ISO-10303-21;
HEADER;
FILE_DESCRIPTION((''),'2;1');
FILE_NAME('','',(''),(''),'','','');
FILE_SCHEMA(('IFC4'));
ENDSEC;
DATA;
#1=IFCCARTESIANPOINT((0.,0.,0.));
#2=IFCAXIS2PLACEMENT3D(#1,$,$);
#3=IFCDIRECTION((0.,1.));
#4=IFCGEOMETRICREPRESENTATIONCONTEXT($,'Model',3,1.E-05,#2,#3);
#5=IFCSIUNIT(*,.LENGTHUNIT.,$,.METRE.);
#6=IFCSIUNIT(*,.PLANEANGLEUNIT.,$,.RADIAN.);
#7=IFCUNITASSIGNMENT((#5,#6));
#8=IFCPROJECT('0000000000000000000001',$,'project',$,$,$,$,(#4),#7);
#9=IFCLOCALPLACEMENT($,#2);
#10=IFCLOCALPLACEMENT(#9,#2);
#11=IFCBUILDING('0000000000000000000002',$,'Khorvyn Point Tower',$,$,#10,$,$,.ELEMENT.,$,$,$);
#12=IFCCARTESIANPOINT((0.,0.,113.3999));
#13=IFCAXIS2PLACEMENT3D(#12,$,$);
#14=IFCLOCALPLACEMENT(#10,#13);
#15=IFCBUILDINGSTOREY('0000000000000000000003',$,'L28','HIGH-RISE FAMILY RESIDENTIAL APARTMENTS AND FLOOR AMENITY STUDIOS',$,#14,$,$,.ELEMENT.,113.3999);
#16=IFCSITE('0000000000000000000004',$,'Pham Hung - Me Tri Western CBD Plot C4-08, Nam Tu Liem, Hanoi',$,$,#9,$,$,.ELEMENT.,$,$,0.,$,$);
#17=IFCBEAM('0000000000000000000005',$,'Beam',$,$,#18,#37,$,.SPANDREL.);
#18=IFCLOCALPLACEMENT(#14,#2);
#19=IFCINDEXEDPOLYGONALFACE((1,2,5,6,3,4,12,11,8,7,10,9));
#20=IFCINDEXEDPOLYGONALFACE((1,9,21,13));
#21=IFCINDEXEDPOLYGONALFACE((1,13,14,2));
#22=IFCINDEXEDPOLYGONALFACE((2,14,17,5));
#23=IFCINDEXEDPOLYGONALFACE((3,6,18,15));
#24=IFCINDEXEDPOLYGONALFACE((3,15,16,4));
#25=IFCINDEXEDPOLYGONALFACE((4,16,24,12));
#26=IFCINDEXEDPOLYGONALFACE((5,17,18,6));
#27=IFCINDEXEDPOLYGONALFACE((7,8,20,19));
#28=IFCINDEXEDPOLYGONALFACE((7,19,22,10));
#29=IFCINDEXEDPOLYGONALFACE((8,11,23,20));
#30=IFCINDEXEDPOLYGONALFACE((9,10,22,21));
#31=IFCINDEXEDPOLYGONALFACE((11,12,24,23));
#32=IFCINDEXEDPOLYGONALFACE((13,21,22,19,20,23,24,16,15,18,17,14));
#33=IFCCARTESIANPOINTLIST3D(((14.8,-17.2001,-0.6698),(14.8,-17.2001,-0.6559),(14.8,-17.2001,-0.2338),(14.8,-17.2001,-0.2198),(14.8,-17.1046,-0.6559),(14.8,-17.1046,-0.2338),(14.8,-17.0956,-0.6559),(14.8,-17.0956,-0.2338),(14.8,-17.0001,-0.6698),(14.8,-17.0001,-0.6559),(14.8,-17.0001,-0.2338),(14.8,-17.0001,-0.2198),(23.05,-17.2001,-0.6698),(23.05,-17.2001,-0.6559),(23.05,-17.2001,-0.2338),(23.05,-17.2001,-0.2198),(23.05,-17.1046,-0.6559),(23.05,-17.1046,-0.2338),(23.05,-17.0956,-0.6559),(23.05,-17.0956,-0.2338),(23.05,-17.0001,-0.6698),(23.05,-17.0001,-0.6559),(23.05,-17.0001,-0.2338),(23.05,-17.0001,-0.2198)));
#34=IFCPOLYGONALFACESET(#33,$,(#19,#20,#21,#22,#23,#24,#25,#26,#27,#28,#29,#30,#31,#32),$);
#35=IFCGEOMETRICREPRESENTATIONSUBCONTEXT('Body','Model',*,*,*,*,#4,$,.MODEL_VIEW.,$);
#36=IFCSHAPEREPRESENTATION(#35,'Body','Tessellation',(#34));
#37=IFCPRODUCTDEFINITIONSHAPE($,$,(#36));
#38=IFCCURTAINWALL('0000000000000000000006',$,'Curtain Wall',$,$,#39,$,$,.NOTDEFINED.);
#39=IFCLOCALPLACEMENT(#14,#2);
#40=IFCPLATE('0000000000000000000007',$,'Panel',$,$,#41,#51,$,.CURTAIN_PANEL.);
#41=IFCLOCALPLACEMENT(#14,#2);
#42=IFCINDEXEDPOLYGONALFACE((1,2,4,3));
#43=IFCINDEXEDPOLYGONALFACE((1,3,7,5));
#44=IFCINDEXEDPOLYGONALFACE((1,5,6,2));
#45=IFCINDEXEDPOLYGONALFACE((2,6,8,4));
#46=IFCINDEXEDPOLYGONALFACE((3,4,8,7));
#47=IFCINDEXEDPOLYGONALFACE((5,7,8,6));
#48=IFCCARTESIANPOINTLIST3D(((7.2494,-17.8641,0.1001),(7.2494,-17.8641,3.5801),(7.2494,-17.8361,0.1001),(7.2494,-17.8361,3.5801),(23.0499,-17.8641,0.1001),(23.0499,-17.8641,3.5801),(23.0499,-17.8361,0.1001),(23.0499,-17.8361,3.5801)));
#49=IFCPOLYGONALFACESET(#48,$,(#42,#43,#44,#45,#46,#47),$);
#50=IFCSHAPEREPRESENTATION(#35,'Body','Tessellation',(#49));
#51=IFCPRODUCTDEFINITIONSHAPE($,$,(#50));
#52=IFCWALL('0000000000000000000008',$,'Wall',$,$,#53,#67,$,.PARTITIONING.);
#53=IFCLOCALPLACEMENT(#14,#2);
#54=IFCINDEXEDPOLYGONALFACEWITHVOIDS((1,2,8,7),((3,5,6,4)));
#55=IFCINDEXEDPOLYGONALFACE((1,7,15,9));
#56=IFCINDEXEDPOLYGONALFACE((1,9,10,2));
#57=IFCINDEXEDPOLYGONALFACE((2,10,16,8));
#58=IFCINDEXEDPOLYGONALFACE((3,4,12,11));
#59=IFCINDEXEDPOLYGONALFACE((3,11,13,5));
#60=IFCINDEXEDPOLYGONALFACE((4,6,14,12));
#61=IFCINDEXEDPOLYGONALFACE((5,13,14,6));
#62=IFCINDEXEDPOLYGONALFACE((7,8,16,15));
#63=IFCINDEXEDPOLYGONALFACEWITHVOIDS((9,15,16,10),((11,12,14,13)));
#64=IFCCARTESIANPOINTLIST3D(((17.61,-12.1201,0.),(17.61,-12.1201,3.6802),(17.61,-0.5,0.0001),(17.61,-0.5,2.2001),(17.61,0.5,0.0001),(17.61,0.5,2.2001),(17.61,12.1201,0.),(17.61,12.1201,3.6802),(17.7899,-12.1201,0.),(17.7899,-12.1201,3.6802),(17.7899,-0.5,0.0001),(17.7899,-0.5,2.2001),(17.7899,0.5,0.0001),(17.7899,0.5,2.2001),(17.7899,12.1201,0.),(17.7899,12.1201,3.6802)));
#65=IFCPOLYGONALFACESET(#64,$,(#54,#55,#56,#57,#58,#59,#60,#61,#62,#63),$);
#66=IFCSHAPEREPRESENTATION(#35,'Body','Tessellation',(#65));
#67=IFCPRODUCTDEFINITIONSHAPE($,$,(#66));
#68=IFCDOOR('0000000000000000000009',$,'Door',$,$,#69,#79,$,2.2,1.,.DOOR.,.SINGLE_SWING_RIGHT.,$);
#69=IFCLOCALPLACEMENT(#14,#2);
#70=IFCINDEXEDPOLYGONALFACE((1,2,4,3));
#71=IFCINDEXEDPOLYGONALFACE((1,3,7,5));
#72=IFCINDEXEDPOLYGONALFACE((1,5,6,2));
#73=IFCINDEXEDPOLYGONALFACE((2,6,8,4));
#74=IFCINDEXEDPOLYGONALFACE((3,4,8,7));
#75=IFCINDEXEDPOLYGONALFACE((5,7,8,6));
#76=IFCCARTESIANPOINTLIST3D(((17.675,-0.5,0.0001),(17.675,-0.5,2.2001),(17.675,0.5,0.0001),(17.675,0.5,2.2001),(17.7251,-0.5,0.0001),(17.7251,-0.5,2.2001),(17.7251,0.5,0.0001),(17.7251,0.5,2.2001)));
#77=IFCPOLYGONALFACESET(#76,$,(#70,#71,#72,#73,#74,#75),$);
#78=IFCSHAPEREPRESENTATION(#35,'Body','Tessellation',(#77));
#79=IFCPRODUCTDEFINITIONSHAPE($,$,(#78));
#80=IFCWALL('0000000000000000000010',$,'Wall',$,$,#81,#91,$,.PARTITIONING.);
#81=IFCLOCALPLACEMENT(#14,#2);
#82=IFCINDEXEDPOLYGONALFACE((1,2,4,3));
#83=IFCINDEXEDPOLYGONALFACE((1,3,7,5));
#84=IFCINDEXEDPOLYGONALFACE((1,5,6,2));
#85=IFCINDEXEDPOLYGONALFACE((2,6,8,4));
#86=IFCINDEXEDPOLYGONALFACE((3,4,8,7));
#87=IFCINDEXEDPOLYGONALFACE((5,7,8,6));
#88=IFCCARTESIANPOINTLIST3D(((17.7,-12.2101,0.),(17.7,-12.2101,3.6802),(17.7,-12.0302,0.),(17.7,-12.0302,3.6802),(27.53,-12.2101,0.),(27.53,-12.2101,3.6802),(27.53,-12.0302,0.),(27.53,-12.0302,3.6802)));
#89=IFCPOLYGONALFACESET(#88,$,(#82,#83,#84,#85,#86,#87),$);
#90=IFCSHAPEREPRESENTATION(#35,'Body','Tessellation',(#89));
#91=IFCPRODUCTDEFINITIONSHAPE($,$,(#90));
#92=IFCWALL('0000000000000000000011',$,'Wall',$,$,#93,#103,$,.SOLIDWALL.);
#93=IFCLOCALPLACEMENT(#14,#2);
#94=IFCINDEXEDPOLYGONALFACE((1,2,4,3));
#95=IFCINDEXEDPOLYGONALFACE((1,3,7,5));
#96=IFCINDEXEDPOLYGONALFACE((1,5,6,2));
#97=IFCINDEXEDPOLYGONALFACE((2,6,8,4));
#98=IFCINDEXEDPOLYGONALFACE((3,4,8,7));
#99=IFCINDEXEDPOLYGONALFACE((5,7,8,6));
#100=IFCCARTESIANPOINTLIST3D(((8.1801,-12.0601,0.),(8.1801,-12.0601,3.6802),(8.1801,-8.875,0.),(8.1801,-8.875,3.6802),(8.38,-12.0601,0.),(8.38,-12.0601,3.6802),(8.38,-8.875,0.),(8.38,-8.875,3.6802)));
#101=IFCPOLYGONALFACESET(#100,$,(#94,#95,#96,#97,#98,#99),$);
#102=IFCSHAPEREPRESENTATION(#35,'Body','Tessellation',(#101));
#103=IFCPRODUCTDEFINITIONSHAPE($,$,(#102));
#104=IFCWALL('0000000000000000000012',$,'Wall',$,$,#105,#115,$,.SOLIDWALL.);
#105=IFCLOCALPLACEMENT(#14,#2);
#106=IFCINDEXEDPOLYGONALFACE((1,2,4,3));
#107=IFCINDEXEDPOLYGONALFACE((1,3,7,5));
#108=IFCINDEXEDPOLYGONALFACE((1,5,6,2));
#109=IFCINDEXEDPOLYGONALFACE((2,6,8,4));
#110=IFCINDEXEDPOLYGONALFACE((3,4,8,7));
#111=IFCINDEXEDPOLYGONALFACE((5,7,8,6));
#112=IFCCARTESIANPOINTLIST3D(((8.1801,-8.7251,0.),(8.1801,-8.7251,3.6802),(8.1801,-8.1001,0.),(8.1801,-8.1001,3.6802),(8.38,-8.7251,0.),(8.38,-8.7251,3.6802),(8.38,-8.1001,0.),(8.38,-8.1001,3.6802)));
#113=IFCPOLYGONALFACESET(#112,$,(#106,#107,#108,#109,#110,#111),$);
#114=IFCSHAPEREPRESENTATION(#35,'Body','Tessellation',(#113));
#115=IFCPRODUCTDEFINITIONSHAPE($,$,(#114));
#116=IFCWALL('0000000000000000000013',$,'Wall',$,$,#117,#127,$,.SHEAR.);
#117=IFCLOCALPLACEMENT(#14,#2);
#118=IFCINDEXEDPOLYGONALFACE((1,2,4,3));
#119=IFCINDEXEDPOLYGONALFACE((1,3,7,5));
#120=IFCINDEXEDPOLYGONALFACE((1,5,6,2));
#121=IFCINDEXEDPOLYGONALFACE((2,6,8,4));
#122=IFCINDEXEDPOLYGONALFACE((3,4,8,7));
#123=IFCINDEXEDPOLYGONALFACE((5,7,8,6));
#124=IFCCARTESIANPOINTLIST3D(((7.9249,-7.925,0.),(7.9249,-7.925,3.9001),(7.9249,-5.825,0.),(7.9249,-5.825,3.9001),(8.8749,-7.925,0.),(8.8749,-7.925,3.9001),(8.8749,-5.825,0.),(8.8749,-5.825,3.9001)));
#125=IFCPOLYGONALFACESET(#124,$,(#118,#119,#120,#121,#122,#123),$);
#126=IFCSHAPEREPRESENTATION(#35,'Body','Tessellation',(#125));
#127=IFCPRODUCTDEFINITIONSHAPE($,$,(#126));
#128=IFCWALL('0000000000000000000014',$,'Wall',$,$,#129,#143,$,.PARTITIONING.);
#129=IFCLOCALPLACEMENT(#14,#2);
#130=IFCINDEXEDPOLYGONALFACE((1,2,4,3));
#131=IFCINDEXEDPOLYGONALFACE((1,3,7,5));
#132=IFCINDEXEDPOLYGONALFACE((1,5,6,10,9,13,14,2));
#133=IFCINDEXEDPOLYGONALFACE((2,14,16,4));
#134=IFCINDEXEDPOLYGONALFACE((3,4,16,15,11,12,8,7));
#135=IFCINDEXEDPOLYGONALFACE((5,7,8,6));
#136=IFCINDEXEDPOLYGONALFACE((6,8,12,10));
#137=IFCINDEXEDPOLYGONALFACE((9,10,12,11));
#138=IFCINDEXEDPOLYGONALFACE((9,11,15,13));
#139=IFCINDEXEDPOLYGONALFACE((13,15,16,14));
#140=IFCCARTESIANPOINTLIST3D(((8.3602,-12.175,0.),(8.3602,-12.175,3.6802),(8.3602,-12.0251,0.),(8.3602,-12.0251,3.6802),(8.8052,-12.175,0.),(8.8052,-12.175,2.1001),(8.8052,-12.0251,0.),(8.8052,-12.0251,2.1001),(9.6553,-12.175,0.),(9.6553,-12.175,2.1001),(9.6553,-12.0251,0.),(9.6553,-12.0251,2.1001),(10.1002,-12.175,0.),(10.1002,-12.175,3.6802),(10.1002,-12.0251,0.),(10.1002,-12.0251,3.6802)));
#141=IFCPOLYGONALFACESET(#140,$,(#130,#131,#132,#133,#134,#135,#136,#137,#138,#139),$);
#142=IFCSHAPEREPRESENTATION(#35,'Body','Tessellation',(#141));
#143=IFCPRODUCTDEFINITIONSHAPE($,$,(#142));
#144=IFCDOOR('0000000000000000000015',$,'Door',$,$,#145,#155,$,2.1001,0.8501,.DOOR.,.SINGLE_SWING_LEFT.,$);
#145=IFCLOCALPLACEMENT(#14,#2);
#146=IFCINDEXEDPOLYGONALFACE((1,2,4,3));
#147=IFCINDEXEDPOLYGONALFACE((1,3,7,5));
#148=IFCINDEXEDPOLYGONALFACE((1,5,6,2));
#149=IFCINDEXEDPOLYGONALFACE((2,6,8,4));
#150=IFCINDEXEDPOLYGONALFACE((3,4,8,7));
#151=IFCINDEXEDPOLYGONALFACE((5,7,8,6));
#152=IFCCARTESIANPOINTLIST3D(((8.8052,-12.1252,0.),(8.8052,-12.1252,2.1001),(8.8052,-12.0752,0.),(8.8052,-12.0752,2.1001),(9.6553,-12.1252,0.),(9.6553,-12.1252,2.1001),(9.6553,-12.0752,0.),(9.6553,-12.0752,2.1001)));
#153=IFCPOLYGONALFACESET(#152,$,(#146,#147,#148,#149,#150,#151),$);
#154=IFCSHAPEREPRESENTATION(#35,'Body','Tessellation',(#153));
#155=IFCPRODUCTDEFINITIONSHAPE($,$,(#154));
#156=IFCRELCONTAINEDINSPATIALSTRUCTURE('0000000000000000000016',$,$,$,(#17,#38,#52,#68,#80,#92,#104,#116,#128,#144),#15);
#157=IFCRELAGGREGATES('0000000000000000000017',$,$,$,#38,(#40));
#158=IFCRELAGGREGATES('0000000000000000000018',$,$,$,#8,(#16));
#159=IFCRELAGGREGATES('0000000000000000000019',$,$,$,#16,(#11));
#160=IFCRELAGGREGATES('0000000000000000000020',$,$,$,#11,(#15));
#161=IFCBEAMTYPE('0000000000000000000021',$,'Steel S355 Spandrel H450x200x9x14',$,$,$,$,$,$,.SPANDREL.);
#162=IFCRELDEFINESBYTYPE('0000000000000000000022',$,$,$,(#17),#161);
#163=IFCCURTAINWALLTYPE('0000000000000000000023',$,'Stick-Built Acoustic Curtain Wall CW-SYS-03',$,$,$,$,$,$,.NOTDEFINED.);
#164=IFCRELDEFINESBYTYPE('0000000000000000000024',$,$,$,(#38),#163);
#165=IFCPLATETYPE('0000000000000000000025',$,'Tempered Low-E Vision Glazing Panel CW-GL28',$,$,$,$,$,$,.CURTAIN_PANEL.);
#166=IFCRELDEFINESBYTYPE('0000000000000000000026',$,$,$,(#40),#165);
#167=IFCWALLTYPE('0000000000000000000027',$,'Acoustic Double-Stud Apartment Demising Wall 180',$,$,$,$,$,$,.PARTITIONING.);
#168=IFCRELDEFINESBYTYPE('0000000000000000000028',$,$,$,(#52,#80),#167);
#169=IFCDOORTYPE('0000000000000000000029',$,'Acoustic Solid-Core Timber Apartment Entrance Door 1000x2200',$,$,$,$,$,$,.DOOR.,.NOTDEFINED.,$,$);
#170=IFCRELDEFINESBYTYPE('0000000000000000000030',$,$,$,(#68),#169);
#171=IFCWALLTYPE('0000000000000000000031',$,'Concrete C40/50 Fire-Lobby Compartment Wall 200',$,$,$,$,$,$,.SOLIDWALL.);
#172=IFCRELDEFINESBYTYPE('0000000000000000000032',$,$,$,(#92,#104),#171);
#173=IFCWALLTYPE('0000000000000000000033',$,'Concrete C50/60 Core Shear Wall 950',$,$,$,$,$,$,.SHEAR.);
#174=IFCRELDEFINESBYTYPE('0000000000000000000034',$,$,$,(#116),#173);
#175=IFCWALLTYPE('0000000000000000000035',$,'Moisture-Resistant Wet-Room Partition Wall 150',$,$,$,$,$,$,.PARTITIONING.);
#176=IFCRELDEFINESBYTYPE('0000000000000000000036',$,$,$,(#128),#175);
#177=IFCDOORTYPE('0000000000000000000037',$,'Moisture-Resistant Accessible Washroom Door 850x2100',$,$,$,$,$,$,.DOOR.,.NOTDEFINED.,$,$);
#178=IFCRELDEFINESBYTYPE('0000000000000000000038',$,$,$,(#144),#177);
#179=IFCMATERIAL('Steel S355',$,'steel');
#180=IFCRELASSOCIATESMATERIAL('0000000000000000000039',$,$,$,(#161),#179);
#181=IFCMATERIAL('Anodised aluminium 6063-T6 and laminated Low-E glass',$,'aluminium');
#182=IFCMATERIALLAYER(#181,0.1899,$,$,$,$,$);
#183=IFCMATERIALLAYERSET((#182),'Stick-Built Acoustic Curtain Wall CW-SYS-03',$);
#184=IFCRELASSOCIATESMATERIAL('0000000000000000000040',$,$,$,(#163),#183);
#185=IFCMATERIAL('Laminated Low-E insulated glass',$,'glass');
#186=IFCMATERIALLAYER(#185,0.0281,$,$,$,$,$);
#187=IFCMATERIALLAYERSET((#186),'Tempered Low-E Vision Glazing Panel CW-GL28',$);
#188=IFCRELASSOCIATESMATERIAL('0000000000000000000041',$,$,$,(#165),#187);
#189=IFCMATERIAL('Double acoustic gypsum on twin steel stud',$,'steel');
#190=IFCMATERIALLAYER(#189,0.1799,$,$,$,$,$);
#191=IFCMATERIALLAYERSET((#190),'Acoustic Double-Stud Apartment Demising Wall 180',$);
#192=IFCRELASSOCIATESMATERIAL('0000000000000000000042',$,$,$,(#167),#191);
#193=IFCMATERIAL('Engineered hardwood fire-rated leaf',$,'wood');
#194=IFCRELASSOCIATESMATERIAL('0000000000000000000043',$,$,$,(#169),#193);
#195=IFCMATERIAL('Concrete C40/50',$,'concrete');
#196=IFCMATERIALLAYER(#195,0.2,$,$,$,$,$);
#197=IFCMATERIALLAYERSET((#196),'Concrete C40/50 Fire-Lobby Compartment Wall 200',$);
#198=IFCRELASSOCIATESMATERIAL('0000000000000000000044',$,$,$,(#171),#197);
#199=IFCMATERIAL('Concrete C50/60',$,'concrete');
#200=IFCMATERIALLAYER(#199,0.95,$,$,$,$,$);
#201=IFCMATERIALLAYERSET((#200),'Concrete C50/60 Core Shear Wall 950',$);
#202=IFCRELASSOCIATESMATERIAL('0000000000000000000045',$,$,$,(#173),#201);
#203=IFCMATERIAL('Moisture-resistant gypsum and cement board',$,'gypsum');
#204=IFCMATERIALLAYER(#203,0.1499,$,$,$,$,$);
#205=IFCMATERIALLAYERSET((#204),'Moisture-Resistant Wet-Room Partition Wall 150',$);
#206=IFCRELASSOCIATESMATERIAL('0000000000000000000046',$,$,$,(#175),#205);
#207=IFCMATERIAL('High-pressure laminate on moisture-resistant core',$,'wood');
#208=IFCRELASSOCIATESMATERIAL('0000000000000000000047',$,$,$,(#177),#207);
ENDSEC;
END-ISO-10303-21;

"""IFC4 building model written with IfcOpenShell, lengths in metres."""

from ifc_helpers import new_model, si_unit, direction, frame, frame_2d, origin, origin_2d, place, context, subcontext, project, spatial, rectangle, i_section, extrude, material, layer, layer_set, material_profile, profile_set, type_object, element, fill, aggregate, save


model = new_model("IFC4")

# Units and contexts
model_context = context("Model", 3, precision=1e-05, world=origin(), true_north=direction((0.0, 1.0)))
body_context = subcontext(model_context, "Body", "Model", "MODEL_VIEW")
ifc_project = project(units=[si_unit("LENGTHUNIT", "METRE"), si_unit("PLANEANGLEUNIT", "RADIAN")], contexts=[model_context])

# Site, building, storey
site_placement = place(None, origin())
site = spatial("IfcSite", under=ifc_project, at=site_placement, Name="Pham Hung - Me Tri Western CBD Plot C4-08, Nam Tu Liem, Hanoi", CompositionType="ELEMENT", RefElevation=0.0)
building_placement = place(site_placement, origin())
building = spatial("IfcBuilding", under=site, at=building_placement, Name="Khorvyn Point Tower", CompositionType="ELEMENT")
storey_placement = place(building_placement, frame((0.0, 0.0, 113.3999)))
storey = spatial("IfcBuildingStorey", under=building, at=storey_placement, Name="L28", Description="HIGH-RISE FAMILY RESIDENTIAL APARTMENTS AND FLOOR AMENITY STUDIOS", CompositionType="ELEMENT", Elevation=113.3999)

# Shared definitions
ifc_material_1 = material(Name="Concrete C50/60", Category="concrete")

# Beam
ifc_material_2 = material(Name="Steel S355", Category="steel")
ifc_material_profile_1 = material_profile(ifc_material_2, i_section(OverallWidth=0.2, OverallDepth=0.45, WebThickness=0.009, FlangeThickness=0.0139, at=origin_2d()))
ifc_profile_set_1 = profile_set([ifc_material_profile_1], Name="Steel S355 H450x200x9x14")
beam_type_1 = type_object("IfcBeamType", Name="Steel S355 Spandrel H450x200x9x14", PredefinedType="SPANDREL", material=ifc_profile_set_1)
beam_1_placement = place(storey_placement, frame((14.8, -17.1001, -0.4448), z_axis=(1.0, 0.0, 0.0), x_axis=(0.0, 1.0, 0.0)))
element("IfcBeam", 1, at=beam_1_placement, inside=storey, type_object=beam_type_1, Name="Beam", PredefinedType="SPANDREL", context=body_context, shape_type="SweptSolid", body=[
    extrude(i_section(OverallWidth=0.2, OverallDepth=0.45, WebThickness=0.009, FlangeThickness=0.0139, at=origin_2d()), origin(), (0.0, 0.0, 1.0), 8.25),
])

# Curtain wall, plate
ifc_material_3 = material(Name="Anodised aluminium 6063-T6 and laminated Low-E glass", Category="aluminium")
ifc_layer_1 = layer(ifc_material_3, 0.1899)
ifc_layer_set_1 = layer_set([ifc_layer_1], Name="Stick-Built Acoustic Curtain Wall CW-SYS-03")
curtain_wall_type = type_object("IfcCurtainWallType", Name="Stick-Built Acoustic Curtain Wall CW-SYS-03", PredefinedType="NOTDEFINED", material=ifc_layer_set_1)
curtain_wall_placement = place(storey_placement, origin())
curtain_wall = element("IfcCurtainWall", 2, at=curtain_wall_placement, inside=storey, type_object=curtain_wall_type, Name="Curtain Wall", PredefinedType="NOTDEFINED")
ifc_material_4 = material(Name="Laminated Low-E insulated glass", Category="glass")
ifc_layer_2 = layer(ifc_material_4, 0.0281)
ifc_layer_set_2 = layer_set([ifc_layer_2], Name="Tempered Low-E Vision Glazing Panel CW-GL28")
plate_type = type_object("IfcPlateType", Name="Tempered Low-E Vision Glazing Panel CW-GL28", PredefinedType="CURTAIN_PANEL", material=ifc_layer_set_2)
plate_placement = place(storey_placement, frame((15.1497, -17.8501, 0.1001), z_axis=(0.0, 0.0, 1.0), x_axis=(-1.0, 0.0, 0.0)))
plate = element("IfcPlate", 3, at=plate_placement, type_object=plate_type, Name="Panel", PredefinedType="CURTAIN_PANEL", context=body_context, shape_type="SweptSolid", body=[
    extrude(rectangle(XDim=15.8005, YDim=0.0281, at=origin_2d()), origin(), (0.0, 0.0, 1.0), 3.48),
])
aggregate(curtain_wall, [plate])

# Wall, opening, door
ifc_material_5 = material(Name="Double acoustic gypsum on twin steel stud", Category="steel")
ifc_layer_3 = layer(ifc_material_5, 0.1799)
ifc_layer_set_3 = layer_set([ifc_layer_3], Name="Acoustic Double-Stud Apartment Demising Wall 180")
wall_type_1 = type_object("IfcWallType", Name="Acoustic Double-Stud Apartment Demising Wall 180", PredefinedType="PARTITIONING", material=ifc_layer_set_3)
wall_1_placement = place(storey_placement, frame((17.7, -12.1201, 0.0), z_axis=(0.0, 0.0, 1.0), x_axis=(0.0, 1.0, 0.0)))
wall_1 = element("IfcWall", 4, at=wall_1_placement, inside=storey, type_object=wall_type_1, Name="Wall", PredefinedType="PARTITIONING", context=body_context, shape_type="SweptSolid", body=[
    extrude(rectangle(XDim=24.2402, YDim=0.1799, at=frame_2d((12.1201, 0.0))), origin(), (0.0, 0.0, 1.0), 3.6802),
])
opening_1_placement = place(wall_1_placement, frame((11.6201, 0.0, 0.0)))
opening_1 = element("IfcOpeningElement", 5, at=opening_1_placement, cuts=wall_1, PredefinedType="OPENING", context=body_context, shape_type="SweptSolid", body=[
    extrude(rectangle(XDim=1.0, YDim=2.2, at=frame_2d((0.5, 1.1001))), frame((0.0, 0.0999, 0.0), z_axis=(0.0, -1.0, 0.0), x_axis=(1.0, 0.0, 0.0)), (0.0, 0.0, 1.0), 0.2),
])
ifc_material_6 = material(Name="Engineered hardwood fire-rated leaf", Category="wood")
door_type_1 = type_object("IfcDoorType", Name="Acoustic Solid-Core Timber Apartment Entrance Door 1000x2200", OperationType="NOTDEFINED", PredefinedType="DOOR", material=ifc_material_6)
door_1_placement = place(opening_1_placement, origin())
door_1 = element("IfcDoor", 6, at=door_1_placement, inside=storey, type_object=door_type_1, Name="Door", OperationType="SINGLE_SWING_RIGHT", OverallHeight=2.2, OverallWidth=1.0, PredefinedType="DOOR", context=body_context, shape_type="SweptSolid", body=[
    extrude(rectangle(XDim=1.0, YDim=2.2, at=frame_2d((0.5, 1.1001))), frame((0.0, 0.0249, 0.0), z_axis=(0.0, -1.0, 0.0), x_axis=(1.0, 0.0, 0.0)), (0.0, 0.0, 1.0), 0.05),
])
fill(opening_1, door_1)

# Walls
wall_2_placement = place(storey_placement, frame((17.7, -12.1201, 0.0), z_axis=(0.0, 0.0, 1.0), x_axis=(1.0, 0.0, 0.0)))
element("IfcWall", 7, at=wall_2_placement, inside=storey, type_object=wall_type_1, Name="Wall", PredefinedType="PARTITIONING", context=body_context, shape_type="SweptSolid", body=[
    extrude(rectangle(XDim=9.8301, YDim=0.1799, at=frame_2d((4.915, 0.0))), origin(), (0.0, 0.0, 1.0), 3.6802),
])
ifc_material_7 = material(Name="Concrete C40/50", Category="concrete")
ifc_layer_4 = layer(ifc_material_7, 0.2)
ifc_layer_set_4 = layer_set([ifc_layer_4], Name="Concrete C40/50 Fire-Lobby Compartment Wall 200")
wall_type_2 = type_object("IfcWallType", Name="Concrete C40/50 Fire-Lobby Compartment Wall 200", PredefinedType="SOLIDWALL", material=ifc_layer_set_4)
wall_3_placement = place(storey_placement, frame((8.28, -12.0601, 0.0), z_axis=(0.0, 0.0, 1.0), x_axis=(0.0, 1.0, 0.0)))
element("IfcWall", 8, at=wall_3_placement, inside=storey, type_object=wall_type_2, Name="Wall", PredefinedType="SOLIDWALL", context=body_context, shape_type="SweptSolid", body=[
    extrude(rectangle(XDim=3.1851, YDim=0.2, at=frame_2d((1.5925, 0.0))), origin(), (0.0, 0.0, 1.0), 3.6802),
])
wall_4_placement = place(storey_placement, frame((8.28, -8.7251, 0.0), z_axis=(0.0, 0.0, 1.0), x_axis=(0.0, 1.0, 0.0)))
element("IfcWall", 9, at=wall_4_placement, inside=storey, type_object=wall_type_2, Name="Wall", PredefinedType="SOLIDWALL", context=body_context, shape_type="SweptSolid", body=[
    extrude(rectangle(XDim=0.625, YDim=0.2, at=frame_2d((0.3125, 0.0))), origin(), (0.0, 0.0, 1.0), 3.6802),
])
ifc_layer_5 = layer(ifc_material_1, 0.95)
ifc_layer_set_5 = layer_set([ifc_layer_5], Name="Concrete C50/60 Core Shear Wall 950")
wall_type_3 = type_object("IfcWallType", Name="Concrete C50/60 Core Shear Wall 950", PredefinedType="SHEAR", material=ifc_layer_set_5)
wall_5_placement = place(storey_placement, frame((8.3999, -7.925, 0.0), z_axis=(0.0, 0.0, 1.0), x_axis=(0.0, 1.0, 0.0)))
element("IfcWall", 10, at=wall_5_placement, inside=storey, type_object=wall_type_3, Name="Wall", PredefinedType="SHEAR", context=body_context, shape_type="SweptSolid", body=[
    extrude(rectangle(XDim=2.1001, YDim=0.95, at=frame_2d((1.05, 0.0))), origin(), (0.0, 0.0, 1.0), 3.9001),
])

# Wall, opening, door
ifc_material_8 = material(Name="Moisture-resistant gypsum and cement board", Category="gypsum")
ifc_layer_6 = layer(ifc_material_8, 0.1499)
ifc_layer_set_6 = layer_set([ifc_layer_6], Name="Moisture-Resistant Wet-Room Partition Wall 150")
wall_type_4 = type_object("IfcWallType", Name="Moisture-Resistant Wet-Room Partition Wall 150", PredefinedType="PARTITIONING", material=ifc_layer_set_6)
wall_6_placement = place(storey_placement, frame((8.3601, -12.1001, 0.0), z_axis=(0.0, 0.0, 1.0), x_axis=(1.0, 0.0, 0.0)))
wall_6 = element("IfcWall", 11, at=wall_6_placement, inside=storey, type_object=wall_type_4, Name="Wall", PredefinedType="PARTITIONING", context=body_context, shape_type="SweptSolid", body=[
    extrude(rectangle(XDim=1.74, YDim=0.1499, at=frame_2d((0.8701, 0.0))), origin(), (0.0, 0.0, 1.0), 3.6802),
])
opening_2_placement = place(wall_6_placement, frame((0.4451, 0.0, 0.0)))
opening_2 = element("IfcOpeningElement", 12, at=opening_2_placement, cuts=wall_6, PredefinedType="OPENING", context=body_context, shape_type="SweptSolid", body=[
    extrude(rectangle(XDim=0.8501, YDim=2.1001, at=frame_2d((0.425, 1.05))), frame((0.0, 0.085, 0.0), z_axis=(0.0, -1.0, 0.0), x_axis=(1.0, 0.0, 0.0)), (0.0, 0.0, 1.0), 0.1699),
])
ifc_material_9 = material(Name="High-pressure laminate on moisture-resistant core", Category="wood")
door_type_2 = type_object("IfcDoorType", Name="Moisture-Resistant Accessible Washroom Door 850x2100", OperationType="NOTDEFINED", PredefinedType="DOOR", material=ifc_material_9)
door_2_placement = place(opening_2_placement, origin())
door_2 = element("IfcDoor", 13, at=door_2_placement, inside=storey, type_object=door_type_2, Name="Door", OperationType="SINGLE_SWING_LEFT", OverallHeight=2.1001, OverallWidth=0.8501, PredefinedType="DOOR", context=body_context, shape_type="SweptSolid", body=[
    extrude(rectangle(XDim=0.8501, YDim=2.1001, at=frame_2d((0.425, 1.05))), frame((0.0, 0.0249, 0.0), z_axis=(0.0, -1.0, 0.0), x_axis=(1.0, 0.0, 0.0)), (0.0, 0.0, 1.0), 0.05),
])
fill(opening_2, door_2)

save(model, "model.ifc")
